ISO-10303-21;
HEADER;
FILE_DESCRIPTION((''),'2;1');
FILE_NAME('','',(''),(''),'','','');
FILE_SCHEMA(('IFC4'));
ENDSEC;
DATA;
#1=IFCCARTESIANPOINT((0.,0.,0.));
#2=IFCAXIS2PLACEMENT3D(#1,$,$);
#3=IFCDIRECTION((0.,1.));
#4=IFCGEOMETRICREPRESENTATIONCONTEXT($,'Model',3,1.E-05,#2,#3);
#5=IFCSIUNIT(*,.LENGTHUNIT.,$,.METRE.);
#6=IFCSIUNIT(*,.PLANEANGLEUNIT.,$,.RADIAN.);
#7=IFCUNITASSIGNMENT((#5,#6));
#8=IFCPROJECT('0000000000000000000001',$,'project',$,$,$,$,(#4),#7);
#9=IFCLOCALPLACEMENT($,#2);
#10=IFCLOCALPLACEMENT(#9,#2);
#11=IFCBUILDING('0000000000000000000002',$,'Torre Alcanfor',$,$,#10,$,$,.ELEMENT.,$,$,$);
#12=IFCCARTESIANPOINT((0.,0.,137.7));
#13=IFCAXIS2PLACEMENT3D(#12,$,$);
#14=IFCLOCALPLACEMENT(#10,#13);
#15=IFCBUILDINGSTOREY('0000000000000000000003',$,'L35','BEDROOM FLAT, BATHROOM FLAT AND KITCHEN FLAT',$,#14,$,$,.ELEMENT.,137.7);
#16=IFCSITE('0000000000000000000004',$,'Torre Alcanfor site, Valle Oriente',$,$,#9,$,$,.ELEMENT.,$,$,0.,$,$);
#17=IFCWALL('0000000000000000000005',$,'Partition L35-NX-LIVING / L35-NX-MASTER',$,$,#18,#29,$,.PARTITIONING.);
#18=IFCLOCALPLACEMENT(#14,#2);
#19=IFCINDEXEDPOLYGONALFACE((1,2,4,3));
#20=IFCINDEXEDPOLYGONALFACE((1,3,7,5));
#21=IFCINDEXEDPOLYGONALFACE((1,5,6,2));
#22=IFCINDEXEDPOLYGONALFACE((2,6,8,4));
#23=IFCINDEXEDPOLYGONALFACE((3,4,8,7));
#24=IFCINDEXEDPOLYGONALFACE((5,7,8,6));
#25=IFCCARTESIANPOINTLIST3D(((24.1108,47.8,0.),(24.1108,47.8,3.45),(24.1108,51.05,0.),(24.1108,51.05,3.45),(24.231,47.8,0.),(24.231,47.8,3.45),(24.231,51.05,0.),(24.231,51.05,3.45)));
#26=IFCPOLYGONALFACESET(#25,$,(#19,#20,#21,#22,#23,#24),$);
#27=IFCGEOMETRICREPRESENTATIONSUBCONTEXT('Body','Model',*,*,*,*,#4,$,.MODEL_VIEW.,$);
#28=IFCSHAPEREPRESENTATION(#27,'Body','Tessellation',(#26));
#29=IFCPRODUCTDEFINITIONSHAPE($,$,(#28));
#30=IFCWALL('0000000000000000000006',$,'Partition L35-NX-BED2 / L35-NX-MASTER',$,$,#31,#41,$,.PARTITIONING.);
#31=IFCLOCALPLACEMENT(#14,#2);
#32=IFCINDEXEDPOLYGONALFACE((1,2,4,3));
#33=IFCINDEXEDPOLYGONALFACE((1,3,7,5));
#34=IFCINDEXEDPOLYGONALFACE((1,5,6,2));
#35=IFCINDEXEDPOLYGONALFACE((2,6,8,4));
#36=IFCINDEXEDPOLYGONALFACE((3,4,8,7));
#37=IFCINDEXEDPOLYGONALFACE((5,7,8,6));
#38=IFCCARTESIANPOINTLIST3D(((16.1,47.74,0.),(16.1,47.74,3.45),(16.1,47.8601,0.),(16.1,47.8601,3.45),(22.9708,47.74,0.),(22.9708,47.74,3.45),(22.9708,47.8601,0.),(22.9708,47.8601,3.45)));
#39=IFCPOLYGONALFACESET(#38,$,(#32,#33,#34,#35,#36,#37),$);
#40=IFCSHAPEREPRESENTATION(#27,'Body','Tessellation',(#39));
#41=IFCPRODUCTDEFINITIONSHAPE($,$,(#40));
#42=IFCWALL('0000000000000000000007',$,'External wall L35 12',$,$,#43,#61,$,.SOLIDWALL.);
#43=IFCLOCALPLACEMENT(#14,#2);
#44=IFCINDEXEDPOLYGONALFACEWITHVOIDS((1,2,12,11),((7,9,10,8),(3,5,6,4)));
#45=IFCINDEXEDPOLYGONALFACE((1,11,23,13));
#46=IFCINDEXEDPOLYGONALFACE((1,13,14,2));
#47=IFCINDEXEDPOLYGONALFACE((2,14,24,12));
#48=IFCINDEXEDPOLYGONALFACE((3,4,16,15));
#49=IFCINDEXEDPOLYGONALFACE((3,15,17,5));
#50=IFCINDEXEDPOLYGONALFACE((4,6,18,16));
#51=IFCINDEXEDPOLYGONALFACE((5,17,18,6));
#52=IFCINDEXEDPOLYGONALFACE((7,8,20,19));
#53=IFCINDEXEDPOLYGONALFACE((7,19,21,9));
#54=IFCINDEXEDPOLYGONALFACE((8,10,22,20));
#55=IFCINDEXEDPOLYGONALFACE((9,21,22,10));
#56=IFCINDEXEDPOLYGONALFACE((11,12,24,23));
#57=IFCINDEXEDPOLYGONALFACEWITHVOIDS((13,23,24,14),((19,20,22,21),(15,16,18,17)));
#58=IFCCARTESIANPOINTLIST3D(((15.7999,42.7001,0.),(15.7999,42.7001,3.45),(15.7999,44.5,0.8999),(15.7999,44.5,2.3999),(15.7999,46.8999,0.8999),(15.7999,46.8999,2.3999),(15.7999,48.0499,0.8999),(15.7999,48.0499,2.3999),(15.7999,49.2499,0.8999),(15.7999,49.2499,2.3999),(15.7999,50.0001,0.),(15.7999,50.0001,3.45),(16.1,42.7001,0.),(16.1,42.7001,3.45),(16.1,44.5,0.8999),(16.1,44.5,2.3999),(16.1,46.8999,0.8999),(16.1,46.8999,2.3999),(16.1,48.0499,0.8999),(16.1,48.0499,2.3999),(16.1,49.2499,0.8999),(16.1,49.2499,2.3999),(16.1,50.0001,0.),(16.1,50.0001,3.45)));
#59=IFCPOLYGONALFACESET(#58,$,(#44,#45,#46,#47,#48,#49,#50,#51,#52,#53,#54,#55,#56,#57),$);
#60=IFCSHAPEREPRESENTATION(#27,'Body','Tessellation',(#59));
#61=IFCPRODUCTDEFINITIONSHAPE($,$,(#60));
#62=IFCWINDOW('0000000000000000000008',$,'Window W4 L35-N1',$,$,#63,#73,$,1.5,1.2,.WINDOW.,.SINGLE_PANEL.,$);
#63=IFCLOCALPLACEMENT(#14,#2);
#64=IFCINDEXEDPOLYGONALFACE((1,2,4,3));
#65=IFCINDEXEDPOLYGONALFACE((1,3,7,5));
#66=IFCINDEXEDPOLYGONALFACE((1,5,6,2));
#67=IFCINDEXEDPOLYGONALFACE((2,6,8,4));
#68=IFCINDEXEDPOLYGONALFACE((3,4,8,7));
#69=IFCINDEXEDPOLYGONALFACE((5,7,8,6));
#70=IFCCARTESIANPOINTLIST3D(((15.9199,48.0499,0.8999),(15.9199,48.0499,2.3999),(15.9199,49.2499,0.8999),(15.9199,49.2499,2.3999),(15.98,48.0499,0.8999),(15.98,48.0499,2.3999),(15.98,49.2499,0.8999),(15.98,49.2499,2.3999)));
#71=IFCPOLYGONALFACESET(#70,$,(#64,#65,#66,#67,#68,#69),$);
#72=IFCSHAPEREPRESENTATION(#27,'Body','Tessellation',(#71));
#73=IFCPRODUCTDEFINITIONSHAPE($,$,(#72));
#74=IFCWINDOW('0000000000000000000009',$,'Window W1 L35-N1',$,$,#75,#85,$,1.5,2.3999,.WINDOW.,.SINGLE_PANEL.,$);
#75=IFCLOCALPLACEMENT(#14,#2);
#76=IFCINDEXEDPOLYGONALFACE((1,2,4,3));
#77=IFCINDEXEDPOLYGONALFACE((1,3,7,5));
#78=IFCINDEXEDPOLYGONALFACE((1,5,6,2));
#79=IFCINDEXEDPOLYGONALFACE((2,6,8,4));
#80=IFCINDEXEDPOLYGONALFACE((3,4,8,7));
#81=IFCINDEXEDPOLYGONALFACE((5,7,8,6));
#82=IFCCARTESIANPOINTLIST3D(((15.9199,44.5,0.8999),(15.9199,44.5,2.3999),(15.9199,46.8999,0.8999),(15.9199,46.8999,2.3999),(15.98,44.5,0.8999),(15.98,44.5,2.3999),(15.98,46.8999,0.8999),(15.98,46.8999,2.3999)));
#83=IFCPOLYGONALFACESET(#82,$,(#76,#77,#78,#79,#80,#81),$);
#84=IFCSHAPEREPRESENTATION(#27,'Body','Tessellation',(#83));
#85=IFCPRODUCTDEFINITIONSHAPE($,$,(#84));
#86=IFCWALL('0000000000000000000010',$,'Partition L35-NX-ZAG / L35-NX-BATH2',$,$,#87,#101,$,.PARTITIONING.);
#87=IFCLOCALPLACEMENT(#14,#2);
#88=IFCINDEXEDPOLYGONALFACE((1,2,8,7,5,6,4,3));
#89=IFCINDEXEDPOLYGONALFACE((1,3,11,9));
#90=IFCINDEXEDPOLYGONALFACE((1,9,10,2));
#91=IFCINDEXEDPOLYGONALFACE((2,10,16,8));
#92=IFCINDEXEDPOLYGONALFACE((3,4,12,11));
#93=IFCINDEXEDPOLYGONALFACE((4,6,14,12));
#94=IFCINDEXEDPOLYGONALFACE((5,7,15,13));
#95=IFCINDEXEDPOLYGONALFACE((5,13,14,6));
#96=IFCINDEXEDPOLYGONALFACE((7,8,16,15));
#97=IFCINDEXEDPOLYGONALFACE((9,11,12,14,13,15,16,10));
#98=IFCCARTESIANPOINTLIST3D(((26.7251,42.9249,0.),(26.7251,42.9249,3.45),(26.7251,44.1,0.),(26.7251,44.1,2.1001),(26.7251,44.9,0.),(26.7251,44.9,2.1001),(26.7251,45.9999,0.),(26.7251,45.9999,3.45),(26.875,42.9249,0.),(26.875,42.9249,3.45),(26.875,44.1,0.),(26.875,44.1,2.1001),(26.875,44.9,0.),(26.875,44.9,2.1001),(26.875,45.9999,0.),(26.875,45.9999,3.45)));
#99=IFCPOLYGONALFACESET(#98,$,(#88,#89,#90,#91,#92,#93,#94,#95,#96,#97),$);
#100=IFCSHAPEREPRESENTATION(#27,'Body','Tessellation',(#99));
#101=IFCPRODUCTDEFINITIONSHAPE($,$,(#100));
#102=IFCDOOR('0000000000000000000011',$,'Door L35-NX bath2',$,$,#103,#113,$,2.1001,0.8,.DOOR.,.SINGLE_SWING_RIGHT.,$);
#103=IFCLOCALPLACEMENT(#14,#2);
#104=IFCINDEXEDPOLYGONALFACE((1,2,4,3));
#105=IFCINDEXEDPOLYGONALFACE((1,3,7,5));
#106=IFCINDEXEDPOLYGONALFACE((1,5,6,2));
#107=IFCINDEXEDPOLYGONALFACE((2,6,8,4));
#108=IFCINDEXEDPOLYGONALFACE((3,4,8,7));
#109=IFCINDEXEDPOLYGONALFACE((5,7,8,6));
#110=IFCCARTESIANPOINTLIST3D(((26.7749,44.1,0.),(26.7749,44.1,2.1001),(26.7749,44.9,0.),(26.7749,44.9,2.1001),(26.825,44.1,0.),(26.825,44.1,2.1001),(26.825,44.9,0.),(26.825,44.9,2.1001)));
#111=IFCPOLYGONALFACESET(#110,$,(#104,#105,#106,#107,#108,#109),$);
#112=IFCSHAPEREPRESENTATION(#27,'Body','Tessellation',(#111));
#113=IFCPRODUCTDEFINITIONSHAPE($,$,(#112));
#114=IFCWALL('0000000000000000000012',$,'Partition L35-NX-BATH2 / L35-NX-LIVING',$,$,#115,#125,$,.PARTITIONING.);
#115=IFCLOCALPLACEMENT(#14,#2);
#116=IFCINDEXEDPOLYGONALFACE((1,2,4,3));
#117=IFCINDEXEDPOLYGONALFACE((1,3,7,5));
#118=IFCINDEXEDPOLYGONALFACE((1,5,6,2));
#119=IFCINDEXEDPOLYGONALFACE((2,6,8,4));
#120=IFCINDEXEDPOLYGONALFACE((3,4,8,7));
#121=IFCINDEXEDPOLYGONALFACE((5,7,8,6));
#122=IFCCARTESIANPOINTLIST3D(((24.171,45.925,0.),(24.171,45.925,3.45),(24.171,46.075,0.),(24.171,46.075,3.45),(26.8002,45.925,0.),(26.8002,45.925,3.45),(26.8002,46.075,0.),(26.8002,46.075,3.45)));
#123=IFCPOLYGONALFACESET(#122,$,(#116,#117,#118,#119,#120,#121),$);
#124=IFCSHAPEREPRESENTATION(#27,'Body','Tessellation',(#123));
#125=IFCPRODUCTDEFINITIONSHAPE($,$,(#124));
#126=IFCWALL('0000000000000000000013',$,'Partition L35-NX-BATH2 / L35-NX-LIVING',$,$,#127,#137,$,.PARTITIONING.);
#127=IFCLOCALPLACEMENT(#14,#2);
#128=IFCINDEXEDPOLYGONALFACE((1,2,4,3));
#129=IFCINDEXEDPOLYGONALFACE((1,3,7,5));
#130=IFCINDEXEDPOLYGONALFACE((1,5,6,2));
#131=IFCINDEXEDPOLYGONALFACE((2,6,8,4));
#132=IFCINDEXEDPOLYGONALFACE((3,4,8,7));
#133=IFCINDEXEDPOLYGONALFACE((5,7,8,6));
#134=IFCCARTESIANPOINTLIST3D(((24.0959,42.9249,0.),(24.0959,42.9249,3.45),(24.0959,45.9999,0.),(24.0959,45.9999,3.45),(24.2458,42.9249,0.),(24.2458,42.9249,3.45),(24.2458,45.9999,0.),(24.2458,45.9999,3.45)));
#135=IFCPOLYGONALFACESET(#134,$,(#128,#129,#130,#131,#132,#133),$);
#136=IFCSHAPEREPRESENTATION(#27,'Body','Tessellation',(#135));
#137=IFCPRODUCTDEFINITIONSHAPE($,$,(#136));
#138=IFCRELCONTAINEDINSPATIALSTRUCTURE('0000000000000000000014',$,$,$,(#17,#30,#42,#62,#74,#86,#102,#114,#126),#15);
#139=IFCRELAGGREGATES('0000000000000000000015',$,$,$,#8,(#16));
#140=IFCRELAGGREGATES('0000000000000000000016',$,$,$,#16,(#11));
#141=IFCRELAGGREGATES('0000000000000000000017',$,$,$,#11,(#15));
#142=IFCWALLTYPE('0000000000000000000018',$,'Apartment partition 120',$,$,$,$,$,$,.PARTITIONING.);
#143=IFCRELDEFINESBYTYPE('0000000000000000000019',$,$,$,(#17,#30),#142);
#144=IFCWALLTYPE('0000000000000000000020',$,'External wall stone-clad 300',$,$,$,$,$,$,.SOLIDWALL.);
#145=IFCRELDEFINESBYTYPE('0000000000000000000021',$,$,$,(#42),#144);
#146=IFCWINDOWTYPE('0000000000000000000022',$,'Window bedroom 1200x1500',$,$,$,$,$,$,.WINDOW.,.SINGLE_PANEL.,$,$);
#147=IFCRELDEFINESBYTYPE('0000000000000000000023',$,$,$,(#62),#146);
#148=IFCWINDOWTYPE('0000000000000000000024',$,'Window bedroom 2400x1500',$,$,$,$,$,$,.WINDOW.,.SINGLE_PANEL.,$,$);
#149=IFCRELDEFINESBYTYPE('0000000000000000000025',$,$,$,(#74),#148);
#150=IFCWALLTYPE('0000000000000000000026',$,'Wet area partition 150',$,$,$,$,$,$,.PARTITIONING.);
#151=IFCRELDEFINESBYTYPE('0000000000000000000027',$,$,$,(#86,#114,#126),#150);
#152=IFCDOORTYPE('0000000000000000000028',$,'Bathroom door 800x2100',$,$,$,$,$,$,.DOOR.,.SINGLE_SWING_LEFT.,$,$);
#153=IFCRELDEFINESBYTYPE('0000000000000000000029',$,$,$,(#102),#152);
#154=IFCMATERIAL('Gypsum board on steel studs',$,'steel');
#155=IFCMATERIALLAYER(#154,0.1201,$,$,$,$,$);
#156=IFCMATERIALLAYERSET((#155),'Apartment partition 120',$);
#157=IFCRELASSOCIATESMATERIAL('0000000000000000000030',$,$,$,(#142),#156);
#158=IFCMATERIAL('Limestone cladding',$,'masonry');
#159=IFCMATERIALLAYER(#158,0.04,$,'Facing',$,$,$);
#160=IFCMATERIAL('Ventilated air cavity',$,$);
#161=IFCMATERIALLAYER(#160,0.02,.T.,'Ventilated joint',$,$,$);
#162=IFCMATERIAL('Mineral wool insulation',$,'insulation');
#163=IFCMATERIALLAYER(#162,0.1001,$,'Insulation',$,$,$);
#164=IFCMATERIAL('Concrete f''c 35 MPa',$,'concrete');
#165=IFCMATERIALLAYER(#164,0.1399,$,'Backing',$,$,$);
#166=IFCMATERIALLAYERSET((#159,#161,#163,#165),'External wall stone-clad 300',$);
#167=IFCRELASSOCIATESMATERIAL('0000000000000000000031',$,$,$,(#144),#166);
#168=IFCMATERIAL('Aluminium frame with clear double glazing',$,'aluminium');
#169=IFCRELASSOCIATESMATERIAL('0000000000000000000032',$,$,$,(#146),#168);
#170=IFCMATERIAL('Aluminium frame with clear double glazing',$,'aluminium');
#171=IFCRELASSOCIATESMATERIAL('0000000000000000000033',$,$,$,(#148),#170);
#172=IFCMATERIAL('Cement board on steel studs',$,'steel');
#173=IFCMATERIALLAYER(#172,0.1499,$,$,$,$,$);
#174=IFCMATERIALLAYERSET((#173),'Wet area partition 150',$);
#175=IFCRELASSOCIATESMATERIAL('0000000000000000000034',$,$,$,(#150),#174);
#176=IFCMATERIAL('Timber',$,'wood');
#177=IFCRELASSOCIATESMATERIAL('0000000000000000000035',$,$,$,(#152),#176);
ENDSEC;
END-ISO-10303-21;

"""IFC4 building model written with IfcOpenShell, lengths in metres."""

from ifc_helpers import new_model, si_unit, direction, frame, frame_2d, origin, place, context, subcontext, project, spatial, rectangle, extrude, material, layer, layer_set, type_object, element, fill, save


model = new_model("IFC4")

# Units and contexts
model_context = context("Model", 3, precision=1e-05, world=origin(), true_north=direction((0.0, 1.0)))
body_context = subcontext(model_context, "Body", "Model", "MODEL_VIEW")
ifc_project = project(units=[si_unit("LENGTHUNIT", "METRE"), si_unit("PLANEANGLEUNIT", "RADIAN")], contexts=[model_context])

# Site, building, storey
site_placement = place(None, origin())
site = spatial("IfcSite", under=ifc_project, at=site_placement, Name="Torre Alcanfor site, Valle Oriente", CompositionType="ELEMENT", RefElevation=0.0)
building_placement = place(site_placement, origin())
building = spatial("IfcBuilding", under=site, at=building_placement, Name="Torre Alcanfor", CompositionType="ELEMENT")
storey_placement = place(building_placement, frame((0.0, 0.0, 137.7)))
storey = spatial("IfcBuildingStorey", under=building, at=storey_placement, Name="L35", Description="BEDROOM FLAT, BATHROOM FLAT AND KITCHEN FLAT", CompositionType="ELEMENT", Elevation=137.7)

# Shared definitions
ifc_material_1 = material(Name="Gypsum board on steel studs", Category="steel")
ifc_layer_1 = layer(ifc_material_1, 0.1201)
ifc_layer_set_1 = layer_set([ifc_layer_1], Name="Apartment partition 120")
wall_type_1 = type_object("IfcWallType", Name="Apartment partition 120", PredefinedType="PARTITIONING", material=ifc_layer_set_1)

# Walls
wall_1_placement = place(storey_placement, frame((24.1709, 47.8, 0.0), z_axis=(0.0, 0.0, 1.0), x_axis=(0.0, 1.0, 0.0)))
element("IfcWall", 1, at=wall_1_placement, inside=storey, type_object=wall_type_1, Name="Partition L35-NX-LIVING / L35-NX-MASTER", PredefinedType="PARTITIONING", context=body_context, shape_type="SweptSolid", body=[
    extrude(rectangle(XDim=3.25, YDim=0.1201, at=frame_2d((1.625, 0.0))), origin(), (0.0, 0.0, 1.0), 3.45),
])
wall_2_placement = place(storey_placement, frame((22.9709, 47.8, 0.0), z_axis=(0.0, 0.0, 1.0), x_axis=(-1.0, 0.0, 0.0)))
element("IfcWall", 2, at=wall_2_placement, inside=storey, type_object=wall_type_1, Name="Partition L35-NX-BED2 / L35-NX-MASTER", PredefinedType="PARTITIONING", context=body_context, shape_type="SweptSolid", body=[
    extrude(rectangle(XDim=6.8708, YDim=0.1201, at=frame_2d((3.4355, 0.0))), origin(), (0.0, 0.0, 1.0), 3.45),
])

# Wall, openings, windows
ifc_material_2 = material(Name="Limestone cladding", Category="masonry")
ifc_layer_2 = layer(ifc_material_2, 0.04, Name="Facing")
ifc_material_3 = material(Name="Ventilated air cavity")
ifc_layer_3 = layer(ifc_material_3, 0.02, ventilated=True, Name="Ventilated joint")
ifc_material_4 = material(Name="Mineral wool insulation", Category="insulation")
ifc_layer_4 = layer(ifc_material_4, 0.1001, Name="Insulation")
ifc_material_5 = material(Name="Concrete f'c 35 MPa", Category="concrete")
ifc_layer_5 = layer(ifc_material_5, 0.1399, Name="Backing")
ifc_layer_set_2 = layer_set([ifc_layer_2, ifc_layer_3, ifc_layer_4, ifc_layer_5], Name="External wall stone-clad 300")
wall_type_2 = type_object("IfcWallType", Name="External wall stone-clad 300", PredefinedType="SOLIDWALL", material=ifc_layer_set_2)
wall_3_placement = place(storey_placement, frame((15.95, 50.0, 0.0), z_axis=(0.0, 0.0, 1.0), x_axis=(0.0, -1.0, 0.0)))
wall_3 = element("IfcWall", 3, at=wall_3_placement, inside=storey, type_object=wall_type_2, Name="External wall L35 12", PredefinedType="SOLIDWALL", context=body_context, shape_type="SweptSolid", body=[
    extrude(rectangle(XDim=7.3, YDim=0.3, at=frame_2d((3.6499, 0.0))), origin(), (0.0, 0.0, 1.0), 3.45),
])
opening_1_placement = place(wall_3_placement, frame((3.1001, 0.0, 0.8999)))
opening_1 = element("IfcOpeningElement", 4, at=opening_1_placement, cuts=wall_3, PredefinedType="OPENING", context=body_context, shape_type="SweptSolid", body=[
    extrude(rectangle(XDim=2.3999, YDim=1.5, at=frame_2d((1.2, 0.75))), frame((0.0, 0.1599, 0.0), z_axis=(0.0, -1.0, 0.0), x_axis=(1.0, 0.0, 0.0)), (0.0, 0.0, 1.0), 0.3201),
])
opening_2_placement = place(wall_3_placement, frame((0.75, 0.0, 0.8999)))
opening_2 = element("IfcOpeningElement", 5, at=opening_2_placement, cuts=wall_3, PredefinedType="OPENING", context=body_context, shape_type="SweptSolid", body=[
    extrude(rectangle(XDim=1.2, YDim=1.5, at=frame_2d((0.6001, 0.75))), frame((0.0, 0.1599, 0.0), z_axis=(0.0, -1.0, 0.0), x_axis=(1.0, 0.0, 0.0)), (0.0, 0.0, 1.0), 0.3201),
])
ifc_material_6 = material(Name="Aluminium frame with clear double glazing", Category="aluminium")
window_type_1 = type_object("IfcWindowType", Name="Window bedroom 1200x1500", PartitioningType="SINGLE_PANEL", PredefinedType="WINDOW", material=ifc_material_6)
window_1_placement = place(opening_2_placement, origin())
window_1 = element("IfcWindow", 6, at=window_1_placement, inside=storey, type_object=window_type_1, Name="Window W4 L35-N1", OverallHeight=1.5, OverallWidth=1.2, PartitioningType="SINGLE_PANEL", PredefinedType="WINDOW", context=body_context, shape_type="SweptSolid", body=[
    extrude(rectangle(XDim=1.2, YDim=1.5, at=frame_2d((0.6001, 0.75))), frame((0.0, 0.03, 0.0), z_axis=(0.0, -1.0, 0.0), x_axis=(1.0, 0.0, 0.0)), (0.0, 0.0, 1.0), 0.0601),
])
fill(opening_2, window_1)
ifc_material_7 = material(Name="Aluminium frame with clear double glazing", Category="aluminium")
window_type_2 = type_object("IfcWindowType", Name="Window bedroom 2400x1500", PartitioningType="SINGLE_PANEL", PredefinedType="WINDOW", material=ifc_material_7)
window_2_placement = place(opening_1_placement, origin())
window_2 = element("IfcWindow", 7, at=window_2_placement, inside=storey, type_object=window_type_2, Name="Window W1 L35-N1", OverallHeight=1.5, OverallWidth=2.3999, PartitioningType="SINGLE_PANEL", PredefinedType="WINDOW", context=body_context, shape_type="SweptSolid", body=[
    extrude(rectangle(XDim=2.3999, YDim=1.5, at=frame_2d((1.2, 0.75))), frame((0.0, 0.03, 0.0), z_axis=(0.0, -1.0, 0.0), x_axis=(1.0, 0.0, 0.0)), (0.0, 0.0, 1.0), 0.0601),
])
fill(opening_1, window_2)

# Wall, opening, door
ifc_material_8 = material(Name="Cement board on steel studs", Category="steel")
ifc_layer_6 = layer(ifc_material_8, 0.1499)
ifc_layer_set_3 = layer_set([ifc_layer_6], Name="Wet area partition 150")
wall_type_3 = type_object("IfcWallType", Name="Wet area partition 150", PredefinedType="PARTITIONING", material=ifc_layer_set_3)
wall_4_placement = place(storey_placement, frame((26.8, 46.0, 0.0), z_axis=(0.0, 0.0, 1.0), x_axis=(0.0, -1.0, 0.0)))
wall_4 = element("IfcWall", 8, at=wall_4_placement, inside=storey, type_object=wall_type_3, Name="Partition L35-NX-ZAG / L35-NX-BATH2", PredefinedType="PARTITIONING", context=body_context, shape_type="SweptSolid", body=[
    extrude(rectangle(XDim=3.075, YDim=0.1499, at=frame_2d((1.5376, 0.0))), origin(), (0.0, 0.0, 1.0), 3.45),
])
opening_3_placement = place(wall_4_placement, frame((1.1001, 0.0, 0.0)))
opening_3 = element("IfcOpeningElement", 9, at=opening_3_placement, cuts=wall_4, PredefinedType="OPENING", context=body_context, shape_type="SweptSolid", body=[
    extrude(rectangle(XDim=0.8, YDim=2.1001, at=frame_2d((0.3999, 1.05))), frame((0.0, 0.085, 0.0), z_axis=(0.0, -1.0, 0.0), x_axis=(1.0, 0.0, 0.0)), (0.0, 0.0, 1.0), 0.1699),
])
ifc_material_9 = material(Name="Timber", Category="wood")
door_type_1 = type_object("IfcDoorType", Name="Bathroom door 800x2100", OperationType="SINGLE_SWING_LEFT", PredefinedType="DOOR", material=ifc_material_9)
door_1_placement = place(opening_3_placement, frame((0.8, 0.0, 0.0), z_axis=(0.0, 0.0, 1.0), x_axis=(-1.0, 0.0, 0.0)))
door_1 = element("IfcDoor", 10, at=door_1_placement, inside=storey, type_object=door_type_1, Name="Door L35-NX bath2", OperationType="SINGLE_SWING_RIGHT", OverallHeight=2.1001, OverallWidth=0.8, PredefinedType="DOOR", context=body_context, shape_type="SweptSolid", body=[
    extrude(rectangle(XDim=0.8, YDim=2.1001, at=frame_2d((0.4001, 1.05))), frame((0.0, 0.0251, 0.0), z_axis=(0.0, -1.0, 0.0), x_axis=(1.0, 0.0, 0.0)), (0.0, 0.0, 1.0), 0.05),
])
fill(opening_3, door_1)

# Walls
wall_5_placement = place(storey_placement, frame((26.8, 46.0, 0.0), z_axis=(0.0, 0.0, 1.0), x_axis=(-1.0, 0.0, 0.0)))
element("IfcWall", 11, at=wall_5_placement, inside=storey, type_object=wall_type_3, Name="Partition L35-NX-BATH2 / L35-NX-LIVING", PredefinedType="PARTITIONING", context=body_context, shape_type="SweptSolid", body=[
    extrude(rectangle(XDim=2.6292, YDim=0.1499, at=frame_2d((1.3145, 0.0))), origin(), (0.0, 0.0, 1.0), 3.45),
])
wall_6_placement = place(storey_placement, frame((24.1709, 46.0, 0.0), z_axis=(0.0, 0.0, 1.0), x_axis=(0.0, -1.0, 0.0)))
element("IfcWall", 12, at=wall_6_placement, inside=storey, type_object=wall_type_3, Name="Partition L35-NX-BATH2 / L35-NX-LIVING", PredefinedType="PARTITIONING", context=body_context, shape_type="SweptSolid", body=[
    extrude(rectangle(XDim=3.075, YDim=0.1499, at=frame_2d((1.5376, 0.0))), origin(), (0.0, 0.0, 1.0), 3.45),
])

save(model, "model.ifc")
